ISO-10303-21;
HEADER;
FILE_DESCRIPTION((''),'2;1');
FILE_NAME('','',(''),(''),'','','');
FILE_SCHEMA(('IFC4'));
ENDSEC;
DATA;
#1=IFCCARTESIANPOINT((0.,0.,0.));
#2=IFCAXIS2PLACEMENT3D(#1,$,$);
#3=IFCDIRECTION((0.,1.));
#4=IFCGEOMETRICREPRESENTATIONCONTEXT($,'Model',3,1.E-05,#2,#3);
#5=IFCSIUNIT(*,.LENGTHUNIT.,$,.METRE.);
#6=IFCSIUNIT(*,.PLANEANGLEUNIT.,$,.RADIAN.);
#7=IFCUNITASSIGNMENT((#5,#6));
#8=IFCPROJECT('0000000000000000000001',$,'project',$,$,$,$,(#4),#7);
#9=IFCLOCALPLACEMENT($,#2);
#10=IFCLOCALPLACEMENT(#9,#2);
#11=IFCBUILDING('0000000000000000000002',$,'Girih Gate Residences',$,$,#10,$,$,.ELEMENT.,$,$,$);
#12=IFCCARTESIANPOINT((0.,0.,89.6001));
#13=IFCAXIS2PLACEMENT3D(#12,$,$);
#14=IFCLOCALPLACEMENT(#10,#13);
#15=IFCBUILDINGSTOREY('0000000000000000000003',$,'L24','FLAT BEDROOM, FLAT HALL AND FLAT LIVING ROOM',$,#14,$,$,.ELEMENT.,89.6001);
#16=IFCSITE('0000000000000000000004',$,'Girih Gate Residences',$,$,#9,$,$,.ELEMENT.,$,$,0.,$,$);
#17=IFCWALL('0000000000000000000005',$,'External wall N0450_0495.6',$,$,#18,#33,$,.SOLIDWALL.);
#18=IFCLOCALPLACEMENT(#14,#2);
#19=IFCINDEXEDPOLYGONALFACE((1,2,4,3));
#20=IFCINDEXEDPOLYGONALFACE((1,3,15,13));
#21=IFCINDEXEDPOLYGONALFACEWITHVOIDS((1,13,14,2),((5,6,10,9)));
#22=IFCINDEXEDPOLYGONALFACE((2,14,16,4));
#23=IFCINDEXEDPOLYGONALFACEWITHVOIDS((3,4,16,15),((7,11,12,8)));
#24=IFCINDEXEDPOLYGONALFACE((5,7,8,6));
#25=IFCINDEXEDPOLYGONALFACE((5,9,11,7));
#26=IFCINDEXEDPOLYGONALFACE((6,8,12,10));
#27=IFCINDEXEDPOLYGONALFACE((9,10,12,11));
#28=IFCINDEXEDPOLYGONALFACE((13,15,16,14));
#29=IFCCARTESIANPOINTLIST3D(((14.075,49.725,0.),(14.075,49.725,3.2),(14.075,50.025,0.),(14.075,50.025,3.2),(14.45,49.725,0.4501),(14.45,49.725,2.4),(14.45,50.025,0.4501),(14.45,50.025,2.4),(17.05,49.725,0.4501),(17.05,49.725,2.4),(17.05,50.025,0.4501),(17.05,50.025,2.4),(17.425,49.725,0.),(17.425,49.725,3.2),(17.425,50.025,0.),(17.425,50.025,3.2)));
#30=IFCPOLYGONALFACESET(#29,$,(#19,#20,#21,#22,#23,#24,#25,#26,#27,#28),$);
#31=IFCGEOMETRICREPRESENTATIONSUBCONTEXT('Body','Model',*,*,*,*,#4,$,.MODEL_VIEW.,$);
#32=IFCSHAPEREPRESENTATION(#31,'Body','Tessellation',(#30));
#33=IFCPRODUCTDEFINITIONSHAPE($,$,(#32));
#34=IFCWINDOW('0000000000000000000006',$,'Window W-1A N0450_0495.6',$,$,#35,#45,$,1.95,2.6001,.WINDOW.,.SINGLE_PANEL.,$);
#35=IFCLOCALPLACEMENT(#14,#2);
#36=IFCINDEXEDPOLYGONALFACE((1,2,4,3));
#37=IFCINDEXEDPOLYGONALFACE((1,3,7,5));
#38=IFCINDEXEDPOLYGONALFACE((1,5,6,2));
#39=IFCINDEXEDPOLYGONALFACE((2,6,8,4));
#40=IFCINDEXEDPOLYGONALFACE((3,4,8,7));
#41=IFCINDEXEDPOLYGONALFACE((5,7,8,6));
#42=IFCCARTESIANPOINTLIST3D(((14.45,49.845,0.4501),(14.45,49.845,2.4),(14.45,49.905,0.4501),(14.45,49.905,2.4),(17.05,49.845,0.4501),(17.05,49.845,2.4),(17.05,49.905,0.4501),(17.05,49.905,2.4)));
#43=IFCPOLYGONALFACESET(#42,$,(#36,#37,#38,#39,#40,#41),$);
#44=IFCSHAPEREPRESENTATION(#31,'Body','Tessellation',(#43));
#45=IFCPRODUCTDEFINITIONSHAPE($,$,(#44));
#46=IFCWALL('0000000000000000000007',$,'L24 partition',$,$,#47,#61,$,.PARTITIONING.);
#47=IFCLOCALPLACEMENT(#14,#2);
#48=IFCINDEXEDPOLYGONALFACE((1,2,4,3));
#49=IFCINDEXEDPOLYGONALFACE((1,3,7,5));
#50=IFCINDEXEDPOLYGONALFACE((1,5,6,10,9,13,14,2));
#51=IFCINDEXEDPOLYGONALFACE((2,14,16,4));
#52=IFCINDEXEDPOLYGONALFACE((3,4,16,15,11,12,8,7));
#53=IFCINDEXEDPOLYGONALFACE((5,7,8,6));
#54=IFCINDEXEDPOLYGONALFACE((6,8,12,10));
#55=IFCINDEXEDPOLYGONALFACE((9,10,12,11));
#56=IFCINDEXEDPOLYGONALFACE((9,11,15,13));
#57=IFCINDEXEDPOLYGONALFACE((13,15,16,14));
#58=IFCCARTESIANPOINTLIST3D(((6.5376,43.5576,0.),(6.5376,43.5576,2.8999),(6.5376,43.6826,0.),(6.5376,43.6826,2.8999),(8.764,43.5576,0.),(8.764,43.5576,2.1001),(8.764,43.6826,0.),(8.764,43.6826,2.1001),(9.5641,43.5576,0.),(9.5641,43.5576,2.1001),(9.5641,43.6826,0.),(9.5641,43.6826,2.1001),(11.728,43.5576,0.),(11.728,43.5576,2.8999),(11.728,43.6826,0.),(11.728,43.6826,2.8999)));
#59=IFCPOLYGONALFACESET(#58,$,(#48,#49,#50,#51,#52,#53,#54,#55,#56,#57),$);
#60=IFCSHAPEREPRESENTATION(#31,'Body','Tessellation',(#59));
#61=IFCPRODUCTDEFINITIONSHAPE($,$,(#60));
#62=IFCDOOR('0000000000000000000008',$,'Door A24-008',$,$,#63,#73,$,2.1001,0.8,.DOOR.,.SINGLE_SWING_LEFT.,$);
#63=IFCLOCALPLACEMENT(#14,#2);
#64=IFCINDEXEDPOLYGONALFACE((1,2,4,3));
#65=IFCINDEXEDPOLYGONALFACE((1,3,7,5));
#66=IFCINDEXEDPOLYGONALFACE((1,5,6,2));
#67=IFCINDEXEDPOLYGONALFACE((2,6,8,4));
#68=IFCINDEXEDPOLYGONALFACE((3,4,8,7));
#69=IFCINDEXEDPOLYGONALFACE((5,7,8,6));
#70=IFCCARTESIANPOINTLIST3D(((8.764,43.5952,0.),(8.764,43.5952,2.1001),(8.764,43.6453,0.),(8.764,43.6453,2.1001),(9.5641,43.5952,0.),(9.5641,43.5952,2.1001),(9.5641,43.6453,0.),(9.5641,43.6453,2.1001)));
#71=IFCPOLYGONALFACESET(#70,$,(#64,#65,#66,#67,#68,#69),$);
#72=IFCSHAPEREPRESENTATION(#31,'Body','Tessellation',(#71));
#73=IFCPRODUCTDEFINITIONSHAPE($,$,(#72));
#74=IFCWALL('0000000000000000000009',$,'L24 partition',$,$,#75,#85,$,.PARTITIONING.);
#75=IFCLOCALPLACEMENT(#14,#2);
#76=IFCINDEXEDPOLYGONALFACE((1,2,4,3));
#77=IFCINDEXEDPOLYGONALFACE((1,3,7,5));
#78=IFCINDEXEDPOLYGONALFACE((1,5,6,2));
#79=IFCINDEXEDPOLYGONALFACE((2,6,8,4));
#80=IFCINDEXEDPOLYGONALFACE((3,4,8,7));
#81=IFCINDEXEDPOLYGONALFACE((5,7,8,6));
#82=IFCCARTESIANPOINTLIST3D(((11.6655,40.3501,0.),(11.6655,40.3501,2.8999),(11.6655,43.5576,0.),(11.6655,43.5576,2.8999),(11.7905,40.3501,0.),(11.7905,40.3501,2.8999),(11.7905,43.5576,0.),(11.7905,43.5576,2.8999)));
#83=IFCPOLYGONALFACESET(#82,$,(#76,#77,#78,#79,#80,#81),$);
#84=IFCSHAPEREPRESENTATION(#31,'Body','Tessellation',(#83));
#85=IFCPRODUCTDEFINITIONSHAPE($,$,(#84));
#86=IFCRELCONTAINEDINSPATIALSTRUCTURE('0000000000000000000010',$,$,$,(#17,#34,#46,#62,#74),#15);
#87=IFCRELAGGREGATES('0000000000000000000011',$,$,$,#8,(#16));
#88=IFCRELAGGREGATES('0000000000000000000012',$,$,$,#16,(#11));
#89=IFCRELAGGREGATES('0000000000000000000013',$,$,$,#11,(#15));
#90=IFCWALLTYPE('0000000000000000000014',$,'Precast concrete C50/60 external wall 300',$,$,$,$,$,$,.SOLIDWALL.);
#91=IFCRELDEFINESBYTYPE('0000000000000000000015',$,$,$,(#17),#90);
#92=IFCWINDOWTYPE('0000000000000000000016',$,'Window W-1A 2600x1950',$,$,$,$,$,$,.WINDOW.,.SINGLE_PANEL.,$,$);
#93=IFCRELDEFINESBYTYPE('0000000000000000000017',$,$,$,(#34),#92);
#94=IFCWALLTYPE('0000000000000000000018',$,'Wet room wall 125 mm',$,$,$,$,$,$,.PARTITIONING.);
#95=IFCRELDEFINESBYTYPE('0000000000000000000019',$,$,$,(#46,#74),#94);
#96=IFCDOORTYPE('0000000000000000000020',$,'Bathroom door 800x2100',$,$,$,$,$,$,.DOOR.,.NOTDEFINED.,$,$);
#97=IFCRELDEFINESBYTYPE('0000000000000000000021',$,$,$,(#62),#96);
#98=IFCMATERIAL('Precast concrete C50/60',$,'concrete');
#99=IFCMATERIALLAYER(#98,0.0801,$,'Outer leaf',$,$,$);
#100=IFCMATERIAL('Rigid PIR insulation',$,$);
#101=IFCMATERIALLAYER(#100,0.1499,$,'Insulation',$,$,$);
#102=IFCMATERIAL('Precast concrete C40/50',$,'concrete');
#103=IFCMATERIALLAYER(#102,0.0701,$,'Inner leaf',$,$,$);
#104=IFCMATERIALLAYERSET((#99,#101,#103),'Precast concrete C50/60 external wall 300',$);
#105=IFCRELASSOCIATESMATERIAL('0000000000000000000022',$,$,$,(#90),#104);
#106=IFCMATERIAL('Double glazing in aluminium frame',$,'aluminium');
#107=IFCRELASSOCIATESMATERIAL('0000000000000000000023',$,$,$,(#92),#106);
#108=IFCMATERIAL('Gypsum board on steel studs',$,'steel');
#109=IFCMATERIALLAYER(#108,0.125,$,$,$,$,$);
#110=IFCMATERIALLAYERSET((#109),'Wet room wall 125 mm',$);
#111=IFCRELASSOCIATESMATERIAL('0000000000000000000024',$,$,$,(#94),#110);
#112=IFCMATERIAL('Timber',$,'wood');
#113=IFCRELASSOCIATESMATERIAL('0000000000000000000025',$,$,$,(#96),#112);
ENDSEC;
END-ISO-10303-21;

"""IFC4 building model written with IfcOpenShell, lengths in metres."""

from ifc_helpers import new_model, si_unit, direction, frame, frame_2d, origin, place, context, subcontext, project, spatial, rectangle, extrude, material, layer, layer_set, type_object, element, fill, save


model = new_model("IFC4")

# Units and contexts
model_context = context("Model", 3, precision=1e-05, world=origin(), true_north=direction((0.0, 1.0)))
body_context = subcontext(model_context, "Body", "Model", "MODEL_VIEW")
ifc_project = project(units=[si_unit("LENGTHUNIT", "METRE"), si_unit("PLANEANGLEUNIT", "RADIAN")], contexts=[model_context])

# Site, building, storey
site_placement = place(None, origin())
site = spatial("IfcSite", under=ifc_project, at=site_placement, Name="Girih Gate Residences", CompositionType="ELEMENT", RefElevation=0.0)
building_placement = place(site_placement, origin())
building = spatial("IfcBuilding", under=site, at=building_placement, Name="Girih Gate Residences", CompositionType="ELEMENT")
storey_placement = place(building_placement, frame((0.0, 0.0, 89.6001)))
storey = spatial("IfcBuildingStorey", under=building, at=storey_placement, Name="L24", Description="FLAT BEDROOM, FLAT HALL AND FLAT LIVING ROOM", CompositionType="ELEMENT", Elevation=89.6001)

# Shared definitions
ifc_material_1 = material(Name="Gypsum board on steel studs", Category="steel")

# Shared definitions
ifc_material_2 = material(Name="Timber", Category="wood")

# Wall, opening, window
ifc_material_3 = material(Name="Precast concrete C50/60", Category="concrete")
ifc_layer_1 = layer(ifc_material_3, 0.0801, Name="Outer leaf")
ifc_material_4 = material(Name="Rigid PIR insulation")
ifc_layer_2 = layer(ifc_material_4, 0.1499, Name="Insulation")
ifc_material_5 = material(Name="Precast concrete C40/50", Category="concrete")
ifc_layer_3 = layer(ifc_material_5, 0.0701, Name="Inner leaf")
ifc_layer_set_1 = layer_set([ifc_layer_1, ifc_layer_2, ifc_layer_3], Name="Precast concrete C50/60 external wall 300")
wall_type_1 = type_object("IfcWallType", Name="Precast concrete C50/60 external wall 300", PredefinedType="SOLIDWALL", material=ifc_layer_set_1)
wall_1_placement = place(storey_placement, frame((14.075, 49.875, 0.0), z_axis=(0.0, 0.0, 1.0), x_axis=(1.0, 0.0, 0.0)))
wall_1 = element("IfcWall", 1, at=wall_1_placement, inside=storey, type_object=wall_type_1, Name="External wall N0450_0495.6", PredefinedType="SOLIDWALL", context=body_context, shape_type="SweptSolid", body=[
    extrude(rectangle(XDim=3.3501, YDim=0.3, at=frame_2d((1.675, 0.0))), origin(), (0.0, 0.0, 1.0), 3.2),
])
opening_1_placement = place(wall_1_placement, frame((0.375, 0.0, 0.45)))
opening_1 = element("IfcOpeningElement", 2, at=opening_1_placement, cuts=wall_1, PredefinedType="OPENING", context=body_context, shape_type="SweptSolid", body=[
    extrude(rectangle(XDim=2.6001, YDim=1.95, at=frame_2d((1.3, 0.9751))), frame((0.0, 0.1599, 0.0), z_axis=(0.0, -1.0, 0.0), x_axis=(1.0, 0.0, 0.0)), (0.0, 0.0, 1.0), 0.3201),
])
ifc_material_6 = material(Name="Double glazing in aluminium frame", Category="aluminium")
window_type = type_object("IfcWindowType", Name="Window W-1A 2600x1950", PartitioningType="SINGLE_PANEL", PredefinedType="WINDOW", material=ifc_material_6)
window_placement = place(opening_1_placement, origin())
window = element("IfcWindow", 3, at=window_placement, inside=storey, type_object=window_type, Name="Window W-1A N0450_0495.6", OverallHeight=1.95, OverallWidth=2.6001, PartitioningType="SINGLE_PANEL", PredefinedType="WINDOW", context=body_context, shape_type="SweptSolid", body=[
    extrude(rectangle(XDim=2.6001, YDim=1.95, at=frame_2d((1.3, 0.9751))), frame((0.0, 0.03, 0.0), z_axis=(0.0, -1.0, 0.0), x_axis=(1.0, 0.0, 0.0)), (0.0, 0.0, 1.0), 0.0601),
])
fill(opening_1, window)

# Wall, opening, door
ifc_layer_4 = layer(ifc_material_1, 0.125)
ifc_layer_set_2 = layer_set([ifc_layer_4], Name="Wet room wall 125 mm")
wall_type_2 = type_object("IfcWallType", Name="Wet room wall 125 mm", PredefinedType="PARTITIONING", material=ifc_layer_set_2)
wall_2_placement = place(storey_placement, frame((11.728, 43.6201, 0.0), z_axis=(0.0, 0.0, 1.0), x_axis=(-1.0, 0.0, 0.0)))
wall_2 = element("IfcWall", 4, at=wall_2_placement, inside=storey, type_object=wall_type_2, Name="L24 partition", PredefinedType="PARTITIONING", context=body_context, shape_type="SweptSolid", body=[
    extrude(rectangle(XDim=5.1904, YDim=0.125, at=frame_2d((2.5952, 0.0))), origin(), (0.0, 0.0, 1.0), 2.8999),
])
opening_2_placement = place(wall_2_placement, frame((2.1641, 0.0, 0.0)))
opening_2 = element("IfcOpeningElement", 5, at=opening_2_placement, cuts=wall_2, PredefinedType="OPENING", context=body_context, shape_type="SweptSolid", body=[
    extrude(rectangle(XDim=0.8, YDim=2.1001, at=frame_2d((0.3999, 1.05))), frame((0.0, 0.0725, 0.0), z_axis=(0.0, -1.0, 0.0), x_axis=(1.0, 0.0, 0.0)), (0.0, 0.0, 1.0), 0.145),
])
door_type_1 = type_object("IfcDoorType", Name="Bathroom door 800x2100", OperationType="NOTDEFINED", PredefinedType="DOOR", material=ifc_material_2)
door_1_placement = place(opening_2_placement, origin())
door_1 = element("IfcDoor", 6, at=door_1_placement, inside=storey, type_object=door_type_1, Name="Door A24-008", OperationType="SINGLE_SWING_LEFT", OverallHeight=2.1001, OverallWidth=0.8, PredefinedType="DOOR", context=body_context, shape_type="SweptSolid", body=[
    extrude(rectangle(XDim=0.8, YDim=2.1001, at=frame_2d((0.3999, 1.05))), frame((0.0, 0.0249, 0.0), z_axis=(0.0, -1.0, 0.0), x_axis=(1.0, 0.0, 0.0)), (0.0, 0.0, 1.0), 0.05),
])
fill(opening_2, door_1)

# Wall
wall_3_placement = place(storey_placement, frame((11.728, 40.3501, 0.0), z_axis=(0.0, 0.0, 1.0), x_axis=(0.0, 1.0, 0.0)))
element("IfcWall", 7, at=wall_3_placement, inside=storey, type_object=wall_type_2, Name="L24 partition", PredefinedType="PARTITIONING", context=body_context, shape_type="SweptSolid", body=[
    extrude(rectangle(XDim=3.2075, YDim=0.125, at=frame_2d((1.6038, 0.0))), origin(), (0.0, 0.0, 1.0), 2.8999),
])

save(model, "model.ifc")
